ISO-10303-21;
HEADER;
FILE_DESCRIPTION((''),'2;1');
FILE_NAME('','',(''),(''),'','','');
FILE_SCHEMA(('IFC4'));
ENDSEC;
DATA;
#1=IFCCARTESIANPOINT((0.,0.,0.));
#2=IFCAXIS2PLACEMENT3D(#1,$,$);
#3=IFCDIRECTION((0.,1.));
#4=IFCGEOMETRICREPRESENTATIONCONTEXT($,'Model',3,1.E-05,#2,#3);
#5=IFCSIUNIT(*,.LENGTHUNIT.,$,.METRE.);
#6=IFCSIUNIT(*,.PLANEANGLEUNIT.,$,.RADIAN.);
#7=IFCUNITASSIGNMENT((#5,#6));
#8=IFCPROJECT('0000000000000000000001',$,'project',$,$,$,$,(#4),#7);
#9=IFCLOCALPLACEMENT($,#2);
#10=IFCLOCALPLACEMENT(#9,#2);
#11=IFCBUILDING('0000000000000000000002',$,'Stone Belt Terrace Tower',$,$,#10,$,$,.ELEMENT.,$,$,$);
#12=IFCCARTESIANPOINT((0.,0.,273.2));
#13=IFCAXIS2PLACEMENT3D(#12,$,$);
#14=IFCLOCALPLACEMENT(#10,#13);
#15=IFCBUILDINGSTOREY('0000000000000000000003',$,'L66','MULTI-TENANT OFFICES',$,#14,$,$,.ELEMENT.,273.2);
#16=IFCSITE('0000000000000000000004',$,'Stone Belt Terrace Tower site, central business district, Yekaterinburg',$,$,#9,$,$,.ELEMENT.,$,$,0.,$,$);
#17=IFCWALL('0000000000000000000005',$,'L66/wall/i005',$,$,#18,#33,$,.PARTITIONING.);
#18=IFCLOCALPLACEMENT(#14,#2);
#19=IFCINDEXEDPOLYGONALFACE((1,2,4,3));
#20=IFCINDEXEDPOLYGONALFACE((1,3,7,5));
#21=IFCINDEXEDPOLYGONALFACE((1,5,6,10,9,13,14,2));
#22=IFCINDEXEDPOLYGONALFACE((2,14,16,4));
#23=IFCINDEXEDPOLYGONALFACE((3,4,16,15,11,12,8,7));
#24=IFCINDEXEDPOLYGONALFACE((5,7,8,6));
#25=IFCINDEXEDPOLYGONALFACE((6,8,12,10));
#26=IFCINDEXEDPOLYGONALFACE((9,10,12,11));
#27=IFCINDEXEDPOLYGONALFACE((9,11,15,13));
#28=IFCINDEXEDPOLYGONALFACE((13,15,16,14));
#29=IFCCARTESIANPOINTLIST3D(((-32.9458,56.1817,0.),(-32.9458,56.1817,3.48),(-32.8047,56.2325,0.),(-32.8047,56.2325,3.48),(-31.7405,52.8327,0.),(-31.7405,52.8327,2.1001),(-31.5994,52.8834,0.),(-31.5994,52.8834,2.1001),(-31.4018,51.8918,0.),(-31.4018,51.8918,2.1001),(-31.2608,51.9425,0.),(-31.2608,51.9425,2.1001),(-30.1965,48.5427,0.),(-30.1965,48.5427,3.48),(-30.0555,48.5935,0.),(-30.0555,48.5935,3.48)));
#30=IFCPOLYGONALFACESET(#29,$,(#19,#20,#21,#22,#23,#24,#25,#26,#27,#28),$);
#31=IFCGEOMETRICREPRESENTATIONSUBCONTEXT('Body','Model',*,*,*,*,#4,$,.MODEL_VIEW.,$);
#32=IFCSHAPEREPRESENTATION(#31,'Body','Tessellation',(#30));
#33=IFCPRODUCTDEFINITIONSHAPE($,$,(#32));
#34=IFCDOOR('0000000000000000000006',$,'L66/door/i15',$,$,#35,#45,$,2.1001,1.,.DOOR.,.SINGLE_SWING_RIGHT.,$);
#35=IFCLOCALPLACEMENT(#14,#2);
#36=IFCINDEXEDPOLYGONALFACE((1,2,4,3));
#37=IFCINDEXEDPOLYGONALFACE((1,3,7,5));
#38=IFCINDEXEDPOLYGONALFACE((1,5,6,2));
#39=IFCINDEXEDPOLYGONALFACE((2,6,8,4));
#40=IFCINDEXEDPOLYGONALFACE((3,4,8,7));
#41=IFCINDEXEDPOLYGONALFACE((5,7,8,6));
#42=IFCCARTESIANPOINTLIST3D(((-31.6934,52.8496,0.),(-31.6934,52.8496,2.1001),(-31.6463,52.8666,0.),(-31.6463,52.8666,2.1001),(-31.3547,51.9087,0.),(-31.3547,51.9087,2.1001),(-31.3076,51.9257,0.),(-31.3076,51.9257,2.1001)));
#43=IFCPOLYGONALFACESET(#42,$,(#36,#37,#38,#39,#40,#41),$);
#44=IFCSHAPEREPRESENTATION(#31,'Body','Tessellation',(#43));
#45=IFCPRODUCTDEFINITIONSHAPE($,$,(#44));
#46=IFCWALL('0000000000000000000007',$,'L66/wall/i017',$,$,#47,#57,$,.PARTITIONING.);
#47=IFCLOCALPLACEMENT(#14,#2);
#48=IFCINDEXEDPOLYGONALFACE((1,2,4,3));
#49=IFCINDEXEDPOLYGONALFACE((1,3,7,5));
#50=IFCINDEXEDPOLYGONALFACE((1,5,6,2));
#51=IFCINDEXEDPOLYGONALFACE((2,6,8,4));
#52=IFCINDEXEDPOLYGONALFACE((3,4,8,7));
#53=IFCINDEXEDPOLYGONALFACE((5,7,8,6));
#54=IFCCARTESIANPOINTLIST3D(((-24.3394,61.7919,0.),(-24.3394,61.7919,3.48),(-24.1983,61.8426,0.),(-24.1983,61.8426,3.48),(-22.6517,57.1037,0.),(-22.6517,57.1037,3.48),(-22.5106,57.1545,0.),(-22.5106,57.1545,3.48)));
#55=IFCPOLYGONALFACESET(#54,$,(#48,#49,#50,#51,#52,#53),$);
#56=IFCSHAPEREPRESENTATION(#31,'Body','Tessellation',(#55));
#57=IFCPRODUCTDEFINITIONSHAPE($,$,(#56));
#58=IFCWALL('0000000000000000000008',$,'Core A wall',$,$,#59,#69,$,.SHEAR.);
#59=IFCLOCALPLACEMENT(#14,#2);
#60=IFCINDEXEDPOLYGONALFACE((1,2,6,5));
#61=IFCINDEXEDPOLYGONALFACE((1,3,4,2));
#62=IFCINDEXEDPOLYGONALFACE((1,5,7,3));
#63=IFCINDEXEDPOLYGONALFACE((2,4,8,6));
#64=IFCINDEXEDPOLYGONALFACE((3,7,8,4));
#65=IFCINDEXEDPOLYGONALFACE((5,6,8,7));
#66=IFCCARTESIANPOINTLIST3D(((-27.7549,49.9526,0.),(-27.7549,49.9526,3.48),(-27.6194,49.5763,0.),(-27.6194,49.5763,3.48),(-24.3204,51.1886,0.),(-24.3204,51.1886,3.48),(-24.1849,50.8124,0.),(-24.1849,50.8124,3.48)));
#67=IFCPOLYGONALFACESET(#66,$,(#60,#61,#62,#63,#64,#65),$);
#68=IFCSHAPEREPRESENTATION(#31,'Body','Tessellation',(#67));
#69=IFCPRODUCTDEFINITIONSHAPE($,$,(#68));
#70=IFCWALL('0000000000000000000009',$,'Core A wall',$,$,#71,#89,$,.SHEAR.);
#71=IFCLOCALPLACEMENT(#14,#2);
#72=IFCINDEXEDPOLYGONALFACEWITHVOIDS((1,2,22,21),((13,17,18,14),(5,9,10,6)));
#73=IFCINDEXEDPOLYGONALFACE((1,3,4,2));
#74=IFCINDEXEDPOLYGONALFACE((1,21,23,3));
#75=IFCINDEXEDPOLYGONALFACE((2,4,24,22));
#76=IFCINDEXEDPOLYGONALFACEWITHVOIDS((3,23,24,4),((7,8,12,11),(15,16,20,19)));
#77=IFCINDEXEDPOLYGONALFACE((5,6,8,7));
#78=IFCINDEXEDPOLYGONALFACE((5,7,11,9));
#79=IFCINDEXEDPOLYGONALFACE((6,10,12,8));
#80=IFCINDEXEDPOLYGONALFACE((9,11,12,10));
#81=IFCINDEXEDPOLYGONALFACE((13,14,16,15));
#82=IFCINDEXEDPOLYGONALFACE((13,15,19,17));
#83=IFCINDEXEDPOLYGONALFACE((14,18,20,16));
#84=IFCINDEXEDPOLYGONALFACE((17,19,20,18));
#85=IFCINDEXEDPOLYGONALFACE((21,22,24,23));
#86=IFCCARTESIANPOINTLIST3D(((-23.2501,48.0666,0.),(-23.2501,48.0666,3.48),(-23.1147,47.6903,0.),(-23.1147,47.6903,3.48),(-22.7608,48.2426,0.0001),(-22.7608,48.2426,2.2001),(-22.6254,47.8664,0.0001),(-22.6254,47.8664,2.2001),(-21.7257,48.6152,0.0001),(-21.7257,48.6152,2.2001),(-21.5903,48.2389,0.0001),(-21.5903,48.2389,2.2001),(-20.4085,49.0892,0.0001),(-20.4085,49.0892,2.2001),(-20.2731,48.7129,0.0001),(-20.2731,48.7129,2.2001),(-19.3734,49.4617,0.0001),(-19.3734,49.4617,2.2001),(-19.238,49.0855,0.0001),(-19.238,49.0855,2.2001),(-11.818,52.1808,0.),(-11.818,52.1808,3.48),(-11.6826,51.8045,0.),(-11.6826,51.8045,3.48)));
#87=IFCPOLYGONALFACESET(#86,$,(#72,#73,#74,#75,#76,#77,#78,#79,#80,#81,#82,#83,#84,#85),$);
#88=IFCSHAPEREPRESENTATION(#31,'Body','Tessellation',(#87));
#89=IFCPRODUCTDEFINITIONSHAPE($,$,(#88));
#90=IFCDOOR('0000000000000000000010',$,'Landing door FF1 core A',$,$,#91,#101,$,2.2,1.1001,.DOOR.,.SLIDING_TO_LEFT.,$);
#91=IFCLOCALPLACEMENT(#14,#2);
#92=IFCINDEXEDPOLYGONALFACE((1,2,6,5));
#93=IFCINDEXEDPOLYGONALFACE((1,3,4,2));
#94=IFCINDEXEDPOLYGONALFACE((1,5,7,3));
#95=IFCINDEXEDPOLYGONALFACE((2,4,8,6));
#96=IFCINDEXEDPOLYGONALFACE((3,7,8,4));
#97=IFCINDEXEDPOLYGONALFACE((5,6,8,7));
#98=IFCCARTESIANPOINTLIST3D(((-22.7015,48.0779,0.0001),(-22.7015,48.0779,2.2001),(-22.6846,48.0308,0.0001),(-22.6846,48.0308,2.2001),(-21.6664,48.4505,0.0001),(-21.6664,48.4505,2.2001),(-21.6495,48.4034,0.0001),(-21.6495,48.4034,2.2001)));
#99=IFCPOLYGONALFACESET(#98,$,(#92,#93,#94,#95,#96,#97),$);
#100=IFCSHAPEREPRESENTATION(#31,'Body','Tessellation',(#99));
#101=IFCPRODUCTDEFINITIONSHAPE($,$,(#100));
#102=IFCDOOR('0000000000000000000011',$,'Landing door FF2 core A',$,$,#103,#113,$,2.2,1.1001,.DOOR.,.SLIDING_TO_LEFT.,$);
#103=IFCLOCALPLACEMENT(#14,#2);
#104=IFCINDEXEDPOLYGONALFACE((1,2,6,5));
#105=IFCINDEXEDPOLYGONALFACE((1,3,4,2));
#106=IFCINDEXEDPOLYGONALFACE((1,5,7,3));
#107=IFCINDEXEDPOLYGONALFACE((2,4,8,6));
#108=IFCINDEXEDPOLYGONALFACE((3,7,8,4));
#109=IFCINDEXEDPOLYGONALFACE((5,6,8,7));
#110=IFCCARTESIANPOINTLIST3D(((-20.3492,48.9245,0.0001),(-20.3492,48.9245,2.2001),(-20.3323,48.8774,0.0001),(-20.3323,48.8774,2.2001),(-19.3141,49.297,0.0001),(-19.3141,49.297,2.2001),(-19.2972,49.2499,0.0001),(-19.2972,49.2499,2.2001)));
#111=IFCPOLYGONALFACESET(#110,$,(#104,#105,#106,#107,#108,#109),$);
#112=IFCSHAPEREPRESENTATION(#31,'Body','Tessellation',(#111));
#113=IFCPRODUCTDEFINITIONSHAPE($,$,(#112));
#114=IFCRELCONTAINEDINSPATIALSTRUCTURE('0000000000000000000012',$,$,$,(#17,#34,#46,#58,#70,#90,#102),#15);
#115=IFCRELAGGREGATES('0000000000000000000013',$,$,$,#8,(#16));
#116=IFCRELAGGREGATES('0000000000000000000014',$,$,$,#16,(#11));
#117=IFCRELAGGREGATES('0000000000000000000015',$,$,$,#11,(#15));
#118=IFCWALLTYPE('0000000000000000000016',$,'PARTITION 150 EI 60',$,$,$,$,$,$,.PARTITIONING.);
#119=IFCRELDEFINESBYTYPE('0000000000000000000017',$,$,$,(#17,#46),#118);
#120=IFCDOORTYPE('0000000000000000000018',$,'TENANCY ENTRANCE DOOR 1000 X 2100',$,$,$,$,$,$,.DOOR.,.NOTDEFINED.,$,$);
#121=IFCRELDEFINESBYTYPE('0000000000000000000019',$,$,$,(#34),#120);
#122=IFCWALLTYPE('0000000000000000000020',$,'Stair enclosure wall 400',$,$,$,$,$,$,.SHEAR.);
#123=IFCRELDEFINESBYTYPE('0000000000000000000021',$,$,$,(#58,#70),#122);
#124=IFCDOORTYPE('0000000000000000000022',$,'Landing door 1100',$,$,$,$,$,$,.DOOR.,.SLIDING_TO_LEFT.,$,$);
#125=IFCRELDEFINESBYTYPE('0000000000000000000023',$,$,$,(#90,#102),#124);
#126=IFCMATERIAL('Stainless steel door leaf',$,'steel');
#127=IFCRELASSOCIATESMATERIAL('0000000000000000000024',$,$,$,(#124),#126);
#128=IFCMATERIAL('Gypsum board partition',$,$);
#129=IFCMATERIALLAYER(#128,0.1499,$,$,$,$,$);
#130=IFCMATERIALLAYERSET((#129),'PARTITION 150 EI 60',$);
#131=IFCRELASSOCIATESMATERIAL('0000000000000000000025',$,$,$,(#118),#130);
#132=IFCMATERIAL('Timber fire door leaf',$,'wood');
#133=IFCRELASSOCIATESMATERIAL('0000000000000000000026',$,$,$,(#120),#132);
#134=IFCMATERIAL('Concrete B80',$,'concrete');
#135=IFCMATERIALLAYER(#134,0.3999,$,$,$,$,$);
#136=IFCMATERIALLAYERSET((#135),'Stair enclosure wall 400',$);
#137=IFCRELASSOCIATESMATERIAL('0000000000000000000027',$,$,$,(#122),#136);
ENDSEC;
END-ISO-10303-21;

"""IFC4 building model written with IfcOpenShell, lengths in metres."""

from ifc_helpers import new_model, si_unit, direction, frame, frame_2d, origin, place, context, subcontext, project, spatial, rectangle, extrude, material, layer, layer_set, type_object, element, fill, save


model = new_model("IFC4")

# Units and contexts
model_context = context("Model", 3, precision=1e-05, world=origin(), true_north=direction((0.0, 1.0)))
body_context = subcontext(model_context, "Body", "Model", "MODEL_VIEW")
ifc_project = project(units=[si_unit("LENGTHUNIT", "METRE"), si_unit("PLANEANGLEUNIT", "RADIAN")], contexts=[model_context])

# Site, building, storey
site_placement = place(None, origin())
site = spatial("IfcSite", under=ifc_project, at=site_placement, Name="Stone Belt Terrace Tower site, central business district, Yekaterinburg", CompositionType="ELEMENT", RefElevation=0.0)
building_placement = place(site_placement, origin())
building = spatial("IfcBuilding", under=site, at=building_placement, Name="Stone Belt Terrace Tower", CompositionType="ELEMENT")
storey_placement = place(building_placement, frame((0.0, 0.0, 273.2)))
storey = spatial("IfcBuildingStorey", under=building, at=storey_placement, Name="L66", Description="MULTI-TENANT OFFICES", CompositionType="ELEMENT", Elevation=273.2)

# Shared definitions
ifc_material_1 = material(Name="Concrete B80", Category="concrete")

# Shared definitions
ifc_material_2 = material(Name="Stainless steel door leaf", Category="steel")

# Shared definitions
door_type_1 = type_object("IfcDoorType", Name="Landing door 1100", OperationType="SLIDING_TO_LEFT", PredefinedType="DOOR", material=ifc_material_2)

# Wall, opening, door
ifc_material_3 = material(Name="Gypsum board partition")
ifc_layer_1 = layer(ifc_material_3, 0.1499)
ifc_layer_set_1 = layer_set([ifc_layer_1], Name="PARTITION 150 EI 60")
wall_type_1 = type_object("IfcWallType", Name="PARTITION 150 EI 60", PredefinedType="PARTITIONING", material=ifc_layer_set_1)
wall_1_placement = place(storey_placement, frame((-30.126, 48.5681, 0.0), z_axis=(0.0, 0.0, 1.0), x_axis=(-0.338639, 0.940917, 0.0)))
wall_1 = element("IfcWall", 1, at=wall_1_placement, inside=storey, type_object=wall_type_1, Name="L66/wall/i005", PredefinedType="PARTITIONING", context=body_context, shape_type="SweptSolid", body=[
    extrude(rectangle(XDim=8.1187, YDim=0.1499, at=frame_2d((4.0593, 0.0))), origin(), (0.0, 0.0, 1.0), 3.48),
])
opening_1_placement = place(wall_1_placement, frame((3.5593, 0.0, 0.0)))
opening_1 = element("IfcOpeningElement", 2, at=opening_1_placement, cuts=wall_1, PredefinedType="OPENING", context=body_context, shape_type="SweptSolid", body=[
    extrude(rectangle(XDim=1.0, YDim=2.1001, at=frame_2d((0.5, 1.05))), frame((0.0, 0.085, 0.0), z_axis=(0.0, -1.0, 0.0), x_axis=(1.0, 0.0, 0.0)), (0.0, 0.0, 1.0), 0.1699),
])
ifc_material_4 = material(Name="Timber fire door leaf", Category="wood")
door_type_2 = type_object("IfcDoorType", Name="TENANCY ENTRANCE DOOR 1000 X 2100", OperationType="NOTDEFINED", PredefinedType="DOOR", material=ifc_material_4)
door_1_placement = place(opening_1_placement, origin())
door_1 = element("IfcDoor", 3, at=door_1_placement, inside=storey, type_object=door_type_2, Name="L66/door/i15", OperationType="SINGLE_SWING_RIGHT", OverallHeight=2.1001, OverallWidth=1.0, PredefinedType="DOOR", context=body_context, shape_type="SweptSolid", body=[
    extrude(rectangle(XDim=1.0, YDim=2.1001, at=frame_2d((0.5, 1.05))), frame((0.0, 0.0249, 0.0), z_axis=(0.0, -1.0, 0.0), x_axis=(1.0, 0.0, 0.0)), (0.0, 0.0, 1.0), 0.05),
])
fill(opening_1, door_1)

# Walls
wall_2_placement = place(storey_placement, frame((-24.2688, 61.8171, 0.0), z_axis=(0.0, 0.0, 1.0), x_axis=(0.338716, -0.940889, 0.0)))
element("IfcWall", 4, at=wall_2_placement, inside=storey, type_object=wall_type_1, Name="L66/wall/i017", PredefinedType="PARTITIONING", context=body_context, shape_type="SweptSolid", body=[
    extrude(rectangle(XDim=4.9827, YDim=0.1499, at=frame_2d((2.4912, 0.0))), origin(), (0.0, 0.0, 1.0), 3.48),
])
ifc_layer_2 = layer(ifc_material_1, 0.3999)
ifc_layer_set_2 = layer_set([ifc_layer_2], Name="Stair enclosure wall 400")
wall_type_2 = type_object("IfcWallType", Name="Stair enclosure wall 400", PredefinedType="SHEAR", material=ifc_layer_set_2)
wall_3_placement = place(storey_placement, frame((-27.6873, 49.7644, 0.0), z_axis=(0.0, 0.0, 1.0), x_axis=(0.940919, 0.338632, 0.0)))
element("IfcWall", 5, at=wall_3_placement, inside=storey, type_object=wall_type_2, Name="Core A wall", PredefinedType="SHEAR", context=body_context, shape_type="SweptSolid", body=[
    extrude(rectangle(XDim=3.6501, YDim=0.3999, at=frame_2d((1.8252, 0.0))), origin(), (0.0, 0.0, 1.0), 3.48),
])

# Wall, openings, doors
wall_4_placement = place(storey_placement, frame((-23.1824, 47.8784, 0.0), z_axis=(0.0, 0.0, 1.0), x_axis=(0.940922, 0.338624, 0.0)))
wall_4 = element("IfcWall", 6, at=wall_4_placement, inside=storey, type_object=wall_type_2, Name="Core A wall", PredefinedType="SHEAR", context=body_context, shape_type="SweptSolid", body=[
    extrude(rectangle(XDim=12.1499, YDim=0.3999, at=frame_2d((6.075, 0.0))), origin(), (0.0, 0.0, 1.0), 3.48),
])
opening_2_placement = place(wall_4_placement, frame((0.52, 0.0, 0.0)))
opening_2 = element("IfcOpeningElement", 7, at=opening_2_placement, cuts=wall_4, PredefinedType="OPENING", context=body_context, shape_type="SweptSolid", body=[
    extrude(rectangle(XDim=1.1001, YDim=2.2, at=frame_2d((0.55, 1.1001))), frame((0.0, 0.21, 0.0), z_axis=(0.0, -1.0, 0.0), x_axis=(1.0, 0.0, 0.0)), (0.0, 0.0, 1.0), 0.4199),
])
opening_3_placement = place(wall_4_placement, frame((3.02, 0.0, 0.0)))
opening_3 = element("IfcOpeningElement", 8, at=opening_3_placement, cuts=wall_4, PredefinedType="OPENING", context=body_context, shape_type="SweptSolid", body=[
    extrude(rectangle(XDim=1.1001, YDim=2.2, at=frame_2d((0.55, 1.1001))), frame((0.0, 0.21, 0.0), z_axis=(0.0, -1.0, 0.0), x_axis=(1.0, 0.0, 0.0)), (0.0, 0.0, 1.0), 0.4199),
])
door_2_placement = place(opening_2_placement, origin())
door_2 = element("IfcDoor", 9, at=door_2_placement, inside=storey, type_object=door_type_1, Name="Landing door FF1 core A", OperationType="SLIDING_TO_LEFT", OverallHeight=2.2, OverallWidth=1.1001, PredefinedType="DOOR", context=body_context, shape_type="SweptSolid", body=[
    extrude(rectangle(XDim=1.1001, YDim=2.2, at=frame_2d((0.55, 1.1001))), frame((0.0, 0.0249, 0.0), z_axis=(0.0, -1.0, 0.0), x_axis=(1.0, 0.0, 0.0)), (0.0, 0.0, 1.0), 0.05),
])
fill(opening_2, door_2)
door_3_placement = place(opening_3_placement, origin())
door_3 = element("IfcDoor", 10, at=door_3_placement, inside=storey, type_object=door_type_1, Name="Landing door FF2 core A", OperationType="SLIDING_TO_LEFT", OverallHeight=2.2, OverallWidth=1.1001, PredefinedType="DOOR", context=body_context, shape_type="SweptSolid", body=[
    extrude(rectangle(XDim=1.1001, YDim=2.2, at=frame_2d((0.55, 1.1001))), frame((0.0, 0.0249, 0.0), z_axis=(0.0, -1.0, 0.0), x_axis=(1.0, 0.0, 0.0)), (0.0, 0.0, 1.0), 0.05),
])
fill(opening_3, door_3)

save(model, "model.ifc")
